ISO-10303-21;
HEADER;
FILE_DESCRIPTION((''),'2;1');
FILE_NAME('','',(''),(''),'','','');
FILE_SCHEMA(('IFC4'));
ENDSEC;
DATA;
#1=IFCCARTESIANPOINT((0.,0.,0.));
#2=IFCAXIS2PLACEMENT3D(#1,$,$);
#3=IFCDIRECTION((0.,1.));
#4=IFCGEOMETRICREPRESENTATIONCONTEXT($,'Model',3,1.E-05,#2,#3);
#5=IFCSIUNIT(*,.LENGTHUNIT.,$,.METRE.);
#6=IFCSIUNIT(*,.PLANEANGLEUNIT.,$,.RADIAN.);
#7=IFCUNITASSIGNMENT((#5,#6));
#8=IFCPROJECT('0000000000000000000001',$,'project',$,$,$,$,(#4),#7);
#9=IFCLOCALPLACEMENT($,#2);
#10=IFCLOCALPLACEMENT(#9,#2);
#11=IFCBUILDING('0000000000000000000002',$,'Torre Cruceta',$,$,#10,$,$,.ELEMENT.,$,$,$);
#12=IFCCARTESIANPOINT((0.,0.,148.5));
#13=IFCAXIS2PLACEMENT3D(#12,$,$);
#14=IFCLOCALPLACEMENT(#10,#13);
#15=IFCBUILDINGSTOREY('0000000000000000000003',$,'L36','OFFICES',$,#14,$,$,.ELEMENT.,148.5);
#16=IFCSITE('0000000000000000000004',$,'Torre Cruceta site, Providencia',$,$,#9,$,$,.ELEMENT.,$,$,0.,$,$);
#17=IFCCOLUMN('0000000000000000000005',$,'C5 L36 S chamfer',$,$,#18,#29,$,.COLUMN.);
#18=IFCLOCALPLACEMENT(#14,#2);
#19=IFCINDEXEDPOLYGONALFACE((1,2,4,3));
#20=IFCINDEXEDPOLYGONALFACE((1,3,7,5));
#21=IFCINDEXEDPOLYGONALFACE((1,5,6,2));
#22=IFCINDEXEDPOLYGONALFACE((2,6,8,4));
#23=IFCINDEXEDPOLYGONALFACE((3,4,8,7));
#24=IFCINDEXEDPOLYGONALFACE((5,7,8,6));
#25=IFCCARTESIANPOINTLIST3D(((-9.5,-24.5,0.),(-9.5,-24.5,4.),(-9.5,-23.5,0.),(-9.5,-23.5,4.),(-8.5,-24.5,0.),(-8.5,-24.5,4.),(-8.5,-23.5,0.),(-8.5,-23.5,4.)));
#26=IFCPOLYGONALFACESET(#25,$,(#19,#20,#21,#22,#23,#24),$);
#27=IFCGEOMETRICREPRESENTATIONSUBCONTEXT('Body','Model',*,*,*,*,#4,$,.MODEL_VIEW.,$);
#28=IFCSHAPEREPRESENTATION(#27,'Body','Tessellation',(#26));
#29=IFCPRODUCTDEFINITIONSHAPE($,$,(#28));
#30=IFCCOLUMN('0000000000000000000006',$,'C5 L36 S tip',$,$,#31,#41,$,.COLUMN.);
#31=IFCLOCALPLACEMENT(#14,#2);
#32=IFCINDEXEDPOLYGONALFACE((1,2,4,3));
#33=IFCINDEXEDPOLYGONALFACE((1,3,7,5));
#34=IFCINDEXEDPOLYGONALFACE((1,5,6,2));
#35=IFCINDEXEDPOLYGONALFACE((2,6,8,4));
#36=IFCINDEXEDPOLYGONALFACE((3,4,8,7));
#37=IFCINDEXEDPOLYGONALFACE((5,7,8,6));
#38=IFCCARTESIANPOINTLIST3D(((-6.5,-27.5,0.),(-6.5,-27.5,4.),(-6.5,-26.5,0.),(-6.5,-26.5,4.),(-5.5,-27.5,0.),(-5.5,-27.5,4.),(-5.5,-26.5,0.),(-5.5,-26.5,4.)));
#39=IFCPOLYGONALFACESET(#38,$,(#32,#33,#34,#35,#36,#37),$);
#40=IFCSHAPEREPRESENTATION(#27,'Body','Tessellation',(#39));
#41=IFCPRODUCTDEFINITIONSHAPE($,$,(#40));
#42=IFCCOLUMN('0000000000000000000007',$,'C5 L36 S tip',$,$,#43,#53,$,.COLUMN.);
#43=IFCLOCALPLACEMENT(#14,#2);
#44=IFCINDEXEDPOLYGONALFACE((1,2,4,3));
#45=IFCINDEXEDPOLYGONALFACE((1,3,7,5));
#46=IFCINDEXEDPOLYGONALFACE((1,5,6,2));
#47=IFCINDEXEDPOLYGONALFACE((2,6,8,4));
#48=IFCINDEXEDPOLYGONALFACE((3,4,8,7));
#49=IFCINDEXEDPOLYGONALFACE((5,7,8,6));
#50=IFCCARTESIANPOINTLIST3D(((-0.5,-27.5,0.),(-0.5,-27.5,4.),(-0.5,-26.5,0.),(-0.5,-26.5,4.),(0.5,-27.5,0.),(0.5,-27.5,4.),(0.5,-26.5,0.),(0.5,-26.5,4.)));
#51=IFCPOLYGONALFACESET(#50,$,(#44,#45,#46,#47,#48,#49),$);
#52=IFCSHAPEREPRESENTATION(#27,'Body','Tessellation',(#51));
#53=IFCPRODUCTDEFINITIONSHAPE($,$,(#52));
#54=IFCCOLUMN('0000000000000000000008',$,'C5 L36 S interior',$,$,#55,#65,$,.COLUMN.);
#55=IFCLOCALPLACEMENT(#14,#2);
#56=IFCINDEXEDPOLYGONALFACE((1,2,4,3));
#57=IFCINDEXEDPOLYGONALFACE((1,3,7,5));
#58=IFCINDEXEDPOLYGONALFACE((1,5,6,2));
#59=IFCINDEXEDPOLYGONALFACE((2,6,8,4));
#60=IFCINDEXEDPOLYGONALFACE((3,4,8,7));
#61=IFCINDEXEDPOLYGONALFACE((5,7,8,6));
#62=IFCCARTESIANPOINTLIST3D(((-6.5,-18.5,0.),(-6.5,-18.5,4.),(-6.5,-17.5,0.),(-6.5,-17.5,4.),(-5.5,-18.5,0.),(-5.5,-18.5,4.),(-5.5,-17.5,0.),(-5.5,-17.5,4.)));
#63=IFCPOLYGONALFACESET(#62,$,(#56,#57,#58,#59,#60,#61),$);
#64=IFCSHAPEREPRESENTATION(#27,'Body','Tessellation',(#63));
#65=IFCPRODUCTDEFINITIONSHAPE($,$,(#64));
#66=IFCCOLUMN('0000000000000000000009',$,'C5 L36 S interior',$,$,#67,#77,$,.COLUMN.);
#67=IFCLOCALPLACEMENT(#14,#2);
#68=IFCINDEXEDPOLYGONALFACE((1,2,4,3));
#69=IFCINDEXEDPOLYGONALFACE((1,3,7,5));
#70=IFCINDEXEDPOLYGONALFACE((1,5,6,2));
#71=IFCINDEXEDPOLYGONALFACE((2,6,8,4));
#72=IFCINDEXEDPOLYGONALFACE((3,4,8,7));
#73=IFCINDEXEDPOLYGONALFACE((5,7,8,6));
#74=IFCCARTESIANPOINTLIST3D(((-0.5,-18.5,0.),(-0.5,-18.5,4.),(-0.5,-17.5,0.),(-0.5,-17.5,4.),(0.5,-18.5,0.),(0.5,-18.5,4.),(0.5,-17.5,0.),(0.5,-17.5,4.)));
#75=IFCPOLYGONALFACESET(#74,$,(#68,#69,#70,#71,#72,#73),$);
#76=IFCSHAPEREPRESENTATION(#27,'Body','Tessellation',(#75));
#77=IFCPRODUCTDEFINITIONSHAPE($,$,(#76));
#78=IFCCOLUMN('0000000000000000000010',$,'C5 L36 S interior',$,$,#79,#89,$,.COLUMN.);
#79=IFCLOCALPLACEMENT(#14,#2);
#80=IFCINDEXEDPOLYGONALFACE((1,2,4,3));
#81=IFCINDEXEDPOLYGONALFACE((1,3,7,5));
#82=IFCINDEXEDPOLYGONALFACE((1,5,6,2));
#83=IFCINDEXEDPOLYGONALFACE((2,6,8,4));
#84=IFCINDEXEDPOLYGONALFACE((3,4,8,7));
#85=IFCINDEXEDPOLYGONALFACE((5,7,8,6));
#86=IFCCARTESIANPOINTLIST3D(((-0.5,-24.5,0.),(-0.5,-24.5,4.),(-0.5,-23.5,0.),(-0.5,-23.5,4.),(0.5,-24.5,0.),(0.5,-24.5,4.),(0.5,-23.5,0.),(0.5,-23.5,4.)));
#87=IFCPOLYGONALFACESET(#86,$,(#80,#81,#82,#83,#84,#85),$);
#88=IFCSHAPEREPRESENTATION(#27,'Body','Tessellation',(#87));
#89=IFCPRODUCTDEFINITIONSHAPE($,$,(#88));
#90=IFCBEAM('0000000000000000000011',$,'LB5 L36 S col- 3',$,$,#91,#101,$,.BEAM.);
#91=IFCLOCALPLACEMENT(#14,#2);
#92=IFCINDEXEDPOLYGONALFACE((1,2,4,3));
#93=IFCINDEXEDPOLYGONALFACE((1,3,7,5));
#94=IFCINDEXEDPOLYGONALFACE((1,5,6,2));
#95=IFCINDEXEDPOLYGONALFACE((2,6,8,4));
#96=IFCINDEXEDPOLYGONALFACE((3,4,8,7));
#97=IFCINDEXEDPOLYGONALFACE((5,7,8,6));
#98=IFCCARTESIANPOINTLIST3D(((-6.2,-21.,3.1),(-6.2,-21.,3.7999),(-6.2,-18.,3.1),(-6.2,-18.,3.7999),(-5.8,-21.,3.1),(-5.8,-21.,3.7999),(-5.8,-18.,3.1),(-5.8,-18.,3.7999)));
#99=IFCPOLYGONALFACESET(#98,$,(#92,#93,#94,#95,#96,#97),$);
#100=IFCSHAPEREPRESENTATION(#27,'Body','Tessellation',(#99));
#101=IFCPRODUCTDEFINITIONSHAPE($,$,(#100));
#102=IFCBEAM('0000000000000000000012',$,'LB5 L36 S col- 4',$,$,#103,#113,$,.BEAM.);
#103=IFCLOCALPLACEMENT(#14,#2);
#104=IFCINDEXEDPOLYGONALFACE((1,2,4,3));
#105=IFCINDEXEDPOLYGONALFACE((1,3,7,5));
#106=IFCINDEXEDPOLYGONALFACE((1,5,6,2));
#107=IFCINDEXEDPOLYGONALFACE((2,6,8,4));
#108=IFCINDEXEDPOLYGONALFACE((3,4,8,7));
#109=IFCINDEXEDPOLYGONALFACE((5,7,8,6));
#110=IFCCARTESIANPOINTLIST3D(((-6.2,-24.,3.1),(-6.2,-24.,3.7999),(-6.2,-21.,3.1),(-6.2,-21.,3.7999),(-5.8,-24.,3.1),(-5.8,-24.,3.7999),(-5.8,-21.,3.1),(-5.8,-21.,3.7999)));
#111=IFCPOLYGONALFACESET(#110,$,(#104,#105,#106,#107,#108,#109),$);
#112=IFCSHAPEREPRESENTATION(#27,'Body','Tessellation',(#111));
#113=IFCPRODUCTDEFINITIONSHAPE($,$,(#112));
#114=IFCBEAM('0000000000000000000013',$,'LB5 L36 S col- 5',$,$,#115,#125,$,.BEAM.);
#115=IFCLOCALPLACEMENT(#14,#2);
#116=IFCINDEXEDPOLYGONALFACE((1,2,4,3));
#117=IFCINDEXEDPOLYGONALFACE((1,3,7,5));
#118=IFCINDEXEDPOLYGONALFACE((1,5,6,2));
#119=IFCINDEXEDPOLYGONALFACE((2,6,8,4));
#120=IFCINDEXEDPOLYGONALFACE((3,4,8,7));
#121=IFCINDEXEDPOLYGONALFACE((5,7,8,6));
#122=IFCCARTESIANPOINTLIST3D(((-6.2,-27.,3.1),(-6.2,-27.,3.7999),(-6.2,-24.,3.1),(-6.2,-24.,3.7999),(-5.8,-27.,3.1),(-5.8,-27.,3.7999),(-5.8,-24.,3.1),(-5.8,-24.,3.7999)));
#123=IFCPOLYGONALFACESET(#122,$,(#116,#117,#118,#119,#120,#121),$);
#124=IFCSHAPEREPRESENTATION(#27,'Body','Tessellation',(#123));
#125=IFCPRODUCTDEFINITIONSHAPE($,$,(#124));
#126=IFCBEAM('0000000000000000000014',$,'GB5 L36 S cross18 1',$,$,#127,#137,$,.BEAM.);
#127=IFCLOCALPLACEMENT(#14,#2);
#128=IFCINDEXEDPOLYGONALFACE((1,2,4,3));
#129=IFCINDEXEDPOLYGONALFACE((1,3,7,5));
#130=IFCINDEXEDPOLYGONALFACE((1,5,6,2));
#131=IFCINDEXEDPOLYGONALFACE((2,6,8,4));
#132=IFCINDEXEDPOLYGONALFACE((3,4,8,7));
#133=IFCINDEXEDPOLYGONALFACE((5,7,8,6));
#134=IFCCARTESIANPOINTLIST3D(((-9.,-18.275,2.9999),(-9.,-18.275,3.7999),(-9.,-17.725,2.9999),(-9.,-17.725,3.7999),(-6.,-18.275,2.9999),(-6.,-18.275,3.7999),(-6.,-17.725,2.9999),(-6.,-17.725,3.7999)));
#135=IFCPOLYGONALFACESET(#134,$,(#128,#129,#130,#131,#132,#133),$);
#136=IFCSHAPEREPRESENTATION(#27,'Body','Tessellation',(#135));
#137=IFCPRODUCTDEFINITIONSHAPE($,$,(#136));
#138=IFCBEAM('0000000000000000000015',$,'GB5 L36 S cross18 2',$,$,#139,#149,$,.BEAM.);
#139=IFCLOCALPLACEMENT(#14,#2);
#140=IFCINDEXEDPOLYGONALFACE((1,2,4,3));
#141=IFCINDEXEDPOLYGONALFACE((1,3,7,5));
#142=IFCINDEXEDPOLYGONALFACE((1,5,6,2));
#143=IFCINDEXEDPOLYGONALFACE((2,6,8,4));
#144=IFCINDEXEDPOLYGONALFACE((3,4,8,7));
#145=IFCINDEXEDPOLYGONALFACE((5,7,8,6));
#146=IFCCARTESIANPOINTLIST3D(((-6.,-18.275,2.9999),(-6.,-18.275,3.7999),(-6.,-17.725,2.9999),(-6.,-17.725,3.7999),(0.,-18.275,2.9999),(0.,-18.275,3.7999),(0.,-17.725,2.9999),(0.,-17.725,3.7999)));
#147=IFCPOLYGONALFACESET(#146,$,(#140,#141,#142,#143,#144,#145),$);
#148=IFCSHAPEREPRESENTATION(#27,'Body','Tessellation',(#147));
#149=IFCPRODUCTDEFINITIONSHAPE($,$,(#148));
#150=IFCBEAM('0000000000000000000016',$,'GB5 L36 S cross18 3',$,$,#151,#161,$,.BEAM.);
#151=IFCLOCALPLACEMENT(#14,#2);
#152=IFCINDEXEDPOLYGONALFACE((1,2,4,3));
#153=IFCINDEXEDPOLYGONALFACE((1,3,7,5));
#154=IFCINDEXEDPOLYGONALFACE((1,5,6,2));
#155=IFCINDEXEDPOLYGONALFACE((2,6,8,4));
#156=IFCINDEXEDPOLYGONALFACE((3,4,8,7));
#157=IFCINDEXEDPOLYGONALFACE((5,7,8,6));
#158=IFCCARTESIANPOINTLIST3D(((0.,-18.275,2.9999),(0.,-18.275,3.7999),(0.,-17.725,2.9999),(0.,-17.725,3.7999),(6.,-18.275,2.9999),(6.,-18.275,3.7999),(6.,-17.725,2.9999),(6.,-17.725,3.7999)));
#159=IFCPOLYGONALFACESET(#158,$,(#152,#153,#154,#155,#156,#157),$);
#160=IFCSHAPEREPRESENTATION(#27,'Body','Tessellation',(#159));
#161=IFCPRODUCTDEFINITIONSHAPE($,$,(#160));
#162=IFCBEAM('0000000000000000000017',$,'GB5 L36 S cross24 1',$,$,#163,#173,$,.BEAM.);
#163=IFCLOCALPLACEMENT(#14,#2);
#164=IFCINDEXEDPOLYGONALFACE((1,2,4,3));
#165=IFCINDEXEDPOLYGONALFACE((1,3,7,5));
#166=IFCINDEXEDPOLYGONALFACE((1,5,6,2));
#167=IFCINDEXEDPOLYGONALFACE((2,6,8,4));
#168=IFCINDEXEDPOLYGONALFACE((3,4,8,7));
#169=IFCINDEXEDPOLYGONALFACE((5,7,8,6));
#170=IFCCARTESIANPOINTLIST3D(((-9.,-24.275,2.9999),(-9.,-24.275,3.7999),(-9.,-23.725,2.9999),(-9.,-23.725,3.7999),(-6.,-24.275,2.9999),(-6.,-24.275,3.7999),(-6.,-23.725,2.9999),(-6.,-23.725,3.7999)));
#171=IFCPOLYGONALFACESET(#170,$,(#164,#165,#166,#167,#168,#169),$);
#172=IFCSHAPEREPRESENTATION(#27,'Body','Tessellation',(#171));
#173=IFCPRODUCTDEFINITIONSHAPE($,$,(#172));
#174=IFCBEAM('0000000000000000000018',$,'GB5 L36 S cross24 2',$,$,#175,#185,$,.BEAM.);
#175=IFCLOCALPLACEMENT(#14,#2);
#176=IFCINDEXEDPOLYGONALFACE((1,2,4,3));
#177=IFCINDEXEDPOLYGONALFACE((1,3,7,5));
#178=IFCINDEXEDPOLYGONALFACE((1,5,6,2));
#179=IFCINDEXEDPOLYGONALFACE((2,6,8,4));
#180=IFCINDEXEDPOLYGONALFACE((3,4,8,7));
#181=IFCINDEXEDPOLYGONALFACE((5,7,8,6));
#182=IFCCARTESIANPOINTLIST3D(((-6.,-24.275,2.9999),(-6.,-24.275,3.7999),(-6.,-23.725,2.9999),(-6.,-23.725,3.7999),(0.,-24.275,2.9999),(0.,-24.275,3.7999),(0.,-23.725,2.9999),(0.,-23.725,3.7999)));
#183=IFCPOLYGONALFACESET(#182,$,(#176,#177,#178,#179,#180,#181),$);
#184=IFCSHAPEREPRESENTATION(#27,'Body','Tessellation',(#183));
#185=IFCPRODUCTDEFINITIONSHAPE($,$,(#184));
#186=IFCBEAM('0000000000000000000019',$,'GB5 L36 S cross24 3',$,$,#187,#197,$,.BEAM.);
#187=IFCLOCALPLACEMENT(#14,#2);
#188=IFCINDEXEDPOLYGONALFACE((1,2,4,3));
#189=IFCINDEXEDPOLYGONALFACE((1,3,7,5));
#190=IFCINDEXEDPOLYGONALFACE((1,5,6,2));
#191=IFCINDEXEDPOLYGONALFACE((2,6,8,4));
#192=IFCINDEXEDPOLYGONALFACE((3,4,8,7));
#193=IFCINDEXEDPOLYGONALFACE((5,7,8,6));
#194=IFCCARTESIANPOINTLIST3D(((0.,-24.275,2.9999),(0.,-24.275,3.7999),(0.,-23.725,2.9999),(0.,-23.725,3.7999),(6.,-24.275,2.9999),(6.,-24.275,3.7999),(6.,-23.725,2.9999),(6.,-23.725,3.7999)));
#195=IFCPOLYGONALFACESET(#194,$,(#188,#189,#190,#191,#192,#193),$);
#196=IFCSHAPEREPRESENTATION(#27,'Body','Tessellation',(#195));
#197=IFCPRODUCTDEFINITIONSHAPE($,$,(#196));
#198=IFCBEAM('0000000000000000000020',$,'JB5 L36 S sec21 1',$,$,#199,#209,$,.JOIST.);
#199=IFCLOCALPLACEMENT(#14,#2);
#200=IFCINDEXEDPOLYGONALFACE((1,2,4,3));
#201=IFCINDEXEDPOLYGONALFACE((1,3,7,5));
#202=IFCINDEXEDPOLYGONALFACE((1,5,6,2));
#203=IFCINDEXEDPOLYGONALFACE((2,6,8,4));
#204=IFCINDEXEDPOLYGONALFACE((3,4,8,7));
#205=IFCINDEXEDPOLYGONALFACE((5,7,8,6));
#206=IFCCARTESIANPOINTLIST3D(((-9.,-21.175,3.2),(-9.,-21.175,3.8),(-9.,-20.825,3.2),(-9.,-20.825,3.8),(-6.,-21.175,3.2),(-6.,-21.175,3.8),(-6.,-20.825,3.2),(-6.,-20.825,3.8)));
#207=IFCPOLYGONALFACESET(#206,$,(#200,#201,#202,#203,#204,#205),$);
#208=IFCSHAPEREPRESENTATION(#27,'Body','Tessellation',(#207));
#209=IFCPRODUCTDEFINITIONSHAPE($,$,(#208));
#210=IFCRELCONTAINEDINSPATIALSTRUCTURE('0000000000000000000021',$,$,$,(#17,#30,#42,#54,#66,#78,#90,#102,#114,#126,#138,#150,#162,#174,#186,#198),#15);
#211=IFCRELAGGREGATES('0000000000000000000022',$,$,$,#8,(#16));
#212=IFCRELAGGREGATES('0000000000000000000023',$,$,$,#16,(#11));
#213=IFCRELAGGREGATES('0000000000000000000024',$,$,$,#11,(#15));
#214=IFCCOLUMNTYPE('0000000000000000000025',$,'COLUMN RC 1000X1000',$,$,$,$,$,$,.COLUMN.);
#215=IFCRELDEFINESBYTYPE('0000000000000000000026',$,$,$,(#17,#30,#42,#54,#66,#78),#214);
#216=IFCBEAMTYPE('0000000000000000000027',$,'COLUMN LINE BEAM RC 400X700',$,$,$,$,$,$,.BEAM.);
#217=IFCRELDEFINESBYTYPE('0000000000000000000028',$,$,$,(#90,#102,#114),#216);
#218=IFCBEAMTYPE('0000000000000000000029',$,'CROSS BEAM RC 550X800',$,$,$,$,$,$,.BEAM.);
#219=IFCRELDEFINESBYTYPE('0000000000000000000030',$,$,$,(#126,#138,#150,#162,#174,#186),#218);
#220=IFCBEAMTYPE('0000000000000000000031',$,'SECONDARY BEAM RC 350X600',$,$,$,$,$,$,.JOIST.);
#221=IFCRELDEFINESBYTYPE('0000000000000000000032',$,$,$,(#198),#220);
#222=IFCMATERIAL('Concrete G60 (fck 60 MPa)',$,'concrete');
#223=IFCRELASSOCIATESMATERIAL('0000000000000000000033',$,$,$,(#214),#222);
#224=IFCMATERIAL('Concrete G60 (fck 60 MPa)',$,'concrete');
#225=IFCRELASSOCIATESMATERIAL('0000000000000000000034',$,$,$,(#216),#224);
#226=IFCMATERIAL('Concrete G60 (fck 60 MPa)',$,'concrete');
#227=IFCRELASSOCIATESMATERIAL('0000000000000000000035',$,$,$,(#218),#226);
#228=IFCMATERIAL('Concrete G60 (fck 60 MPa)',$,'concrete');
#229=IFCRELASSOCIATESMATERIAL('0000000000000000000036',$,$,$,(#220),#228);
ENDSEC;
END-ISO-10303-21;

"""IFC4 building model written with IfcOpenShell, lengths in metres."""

from ifc_helpers import new_model, si_unit, direction, frame, origin, origin_2d, place, context, subcontext, project, spatial, rectangle, extrude, material, material_profile, profile_set, type_object, element, save


model = new_model("IFC4")

# Units and contexts
model_context = context("Model", 3, precision=1e-05, world=origin(), true_north=direction((0.0, 1.0)))
body_context = subcontext(model_context, "Body", "Model", "MODEL_VIEW")
ifc_project = project(units=[si_unit("LENGTHUNIT", "METRE"), si_unit("PLANEANGLEUNIT", "RADIAN")], contexts=[model_context])

# Site, building, storey
site_placement = place(None, origin())
site = spatial("IfcSite", under=ifc_project, at=site_placement, Name="Torre Cruceta site, Providencia", CompositionType="ELEMENT", RefElevation=0.0)
building_placement = place(site_placement, origin())
building = spatial("IfcBuilding", under=site, at=building_placement, Name="Torre Cruceta", CompositionType="ELEMENT")
storey_placement = place(building_placement, frame((0.0, 0.0, 148.5)))
storey = spatial("IfcBuildingStorey", under=building, at=storey_placement, Name="L36", Description="OFFICES", CompositionType="ELEMENT", Elevation=148.5)

# Columns
ifc_material_1 = material(Name="Concrete G60 (fck 60 MPa)", Category="concrete")
ifc_material_profile_1 = material_profile(ifc_material_1, rectangle(XDim=1.0, YDim=1.0, at=origin_2d()), Name="RC 1000X1000")
ifc_profile_set_1 = profile_set([ifc_material_profile_1], Name="Concrete G60 (fck 60 MPa)")
column_type = type_object("IfcColumnType", Name="COLUMN RC 1000X1000", PredefinedType="COLUMN", material=ifc_profile_set_1)
for number, where, z_axis, x_axis, name in (
    (1, (-9.0, -24.0, 0.0), (0.0, 0.0, 1.0), (1.0, 0.0, 0.0), "C5 L36 S chamfer"),
    (2, (-6.0, -27.0, 0.0), (0.0, 0.0, 1.0), (1.0, 0.0, 0.0), "C5 L36 S tip"),
    (3, (0.0, -27.0, 0.0), (0.0, 0.0, 1.0), (1.0, 0.0, 0.0), "C5 L36 S tip"),
    (4, (-6.0, -18.0, 0.0), (0.0, 0.0, 1.0), (1.0, 0.0, 0.0), "C5 L36 S interior"),
    (5, (0.0, -18.0, 0.0), (0.0, 0.0, 1.0), (1.0, 0.0, 0.0), "C5 L36 S interior"),
    (6, (0.0, -24.0, 0.0), (0.0, 0.0, 1.0), (1.0, 0.0, 0.0), "C5 L36 S interior"),
):
    element("IfcColumn", number, at=place(storey_placement, frame(where, z_axis=z_axis, x_axis=x_axis)), inside=storey, type_object=column_type, Name=name, PredefinedType="COLUMN", context=body_context, shape_type="SweptSolid", body=[
        extrude(rectangle(XDim=1.0, YDim=1.0, at=origin_2d()), origin(), (0.0, 0.0, 1.0), 4.0),
    ])

# Beams
ifc_material_2 = material(Name="Concrete G60 (fck 60 MPa)", Category="concrete")
ifc_material_profile_2 = material_profile(ifc_material_2, rectangle(XDim=0.3999, YDim=0.7, at=origin_2d()), Name="RC 400X700")
ifc_profile_set_2 = profile_set([ifc_material_profile_2], Name="Concrete G60 (fck 60 MPa)")
beam_type_1 = type_object("IfcBeamType", Name="COLUMN LINE BEAM RC 400X700", PredefinedType="BEAM", material=ifc_profile_set_2)
for number, where, z_axis, x_axis, name in (
    (7, (-6.0, -18.0, 3.45), (0.0, -1.0, 0.0), (1.0, 0.0, 0.0), "LB5 L36 S col- 3"),
    (8, (-6.0, -21.0, 3.45), (0.0, -1.0, 0.0), (1.0, 0.0, 0.0), "LB5 L36 S col- 4"),
    (9, (-6.0, -24.0, 3.45), (0.0, -1.0, 0.0), (1.0, 0.0, 0.0), "LB5 L36 S col- 5"),
):
    element("IfcBeam", number, at=place(storey_placement, frame(where, z_axis=z_axis, x_axis=x_axis)), inside=storey, type_object=beam_type_1, Name=name, PredefinedType="BEAM", context=body_context, shape_type="SweptSolid", body=[
        extrude(rectangle(XDim=0.3999, YDim=0.7, at=origin_2d()), origin(), (0.0, 0.0, 1.0), 3.0),
    ])
ifc_material_3 = material(Name="Concrete G60 (fck 60 MPa)", Category="concrete")
ifc_material_profile_3 = material_profile(ifc_material_3, rectangle(XDim=0.55, YDim=0.8, at=origin_2d()), Name="RC 550X800")
ifc_profile_set_3 = profile_set([ifc_material_profile_3], Name="Concrete G60 (fck 60 MPa)")
beam_type_2 = type_object("IfcBeamType", Name="CROSS BEAM RC 550X800", PredefinedType="BEAM", material=ifc_profile_set_3)
beam_1_placement = place(storey_placement, frame((-9.0, -18.0, 3.3999), z_axis=(1.0, 0.0, 0.0), x_axis=(0.0, 1.0, 0.0)))
element("IfcBeam", 10, at=beam_1_placement, inside=storey, type_object=beam_type_2, Name="GB5 L36 S cross18 1", PredefinedType="BEAM", context=body_context, shape_type="SweptSolid", body=[
    extrude(rectangle(XDim=0.55, YDim=0.8, at=origin_2d()), origin(), (0.0, 0.0, 1.0), 3.0),
])
for number, where, z_axis, x_axis, name in (
    (11, (-6.0, -18.0, 3.3999), (1.0, 0.0, 0.0), (0.0, 1.0, 0.0), "GB5 L36 S cross18 2"),
    (12, (0.0, -18.0, 3.3999), (1.0, 0.0, 0.0), (0.0, 1.0, 0.0), "GB5 L36 S cross18 3"),
):
    element("IfcBeam", number, at=place(storey_placement, frame(where, z_axis=z_axis, x_axis=x_axis)), inside=storey, type_object=beam_type_2, Name=name, PredefinedType="BEAM", context=body_context, shape_type="SweptSolid", body=[
        extrude(rectangle(XDim=0.55, YDim=0.8, at=origin_2d()), origin(), (0.0, 0.0, 1.0), 6.0),
    ])
beam_2_placement = place(storey_placement, frame((-9.0, -24.0, 3.3999), z_axis=(1.0, 0.0, 0.0), x_axis=(0.0, 1.0, 0.0)))
element("IfcBeam", 13, at=beam_2_placement, inside=storey, type_object=beam_type_2, Name="GB5 L36 S cross24 1", PredefinedType="BEAM", context=body_context, shape_type="SweptSolid", body=[
    extrude(rectangle(XDim=0.55, YDim=0.8, at=origin_2d()), origin(), (0.0, 0.0, 1.0), 3.0),
])
for number, where, z_axis, x_axis, name in (
    (14, (-6.0, -24.0, 3.3999), (1.0, 0.0, 0.0), (0.0, 1.0, 0.0), "GB5 L36 S cross24 2"),
    (15, (0.0, -24.0, 3.3999), (1.0, 0.0, 0.0), (0.0, 1.0, 0.0), "GB5 L36 S cross24 3"),
):
    element("IfcBeam", number, at=place(storey_placement, frame(where, z_axis=z_axis, x_axis=x_axis)), inside=storey, type_object=beam_type_2, Name=name, PredefinedType="BEAM", context=body_context, shape_type="SweptSolid", body=[
        extrude(rectangle(XDim=0.55, YDim=0.8, at=origin_2d()), origin(), (0.0, 0.0, 1.0), 6.0),
    ])
ifc_material_4 = material(Name="Concrete G60 (fck 60 MPa)", Category="concrete")
ifc_material_profile_4 = material_profile(ifc_material_4, rectangle(XDim=0.3501, YDim=0.6001, at=origin_2d()), Name="RC 350X600")
ifc_profile_set_4 = profile_set([ifc_material_profile_4], Name="Concrete G60 (fck 60 MPa)")
beam_type_3 = type_object("IfcBeamType", Name="SECONDARY BEAM RC 350X600", PredefinedType="JOIST", material=ifc_profile_set_4)
beam_3_placement = place(storey_placement, frame((-9.0, -21.0, 3.5), z_axis=(1.0, 0.0, 0.0), x_axis=(0.0, 1.0, 0.0)))
element("IfcBeam", 16, at=beam_3_placement, inside=storey, type_object=beam_type_3, Name="JB5 L36 S sec21 1", PredefinedType="JOIST", context=body_context, shape_type="SweptSolid", body=[
    extrude(rectangle(XDim=0.3501, YDim=0.6001, at=origin_2d()), origin(), (0.0, 0.0, 1.0), 3.0),
])

save(model, "model.ifc")
